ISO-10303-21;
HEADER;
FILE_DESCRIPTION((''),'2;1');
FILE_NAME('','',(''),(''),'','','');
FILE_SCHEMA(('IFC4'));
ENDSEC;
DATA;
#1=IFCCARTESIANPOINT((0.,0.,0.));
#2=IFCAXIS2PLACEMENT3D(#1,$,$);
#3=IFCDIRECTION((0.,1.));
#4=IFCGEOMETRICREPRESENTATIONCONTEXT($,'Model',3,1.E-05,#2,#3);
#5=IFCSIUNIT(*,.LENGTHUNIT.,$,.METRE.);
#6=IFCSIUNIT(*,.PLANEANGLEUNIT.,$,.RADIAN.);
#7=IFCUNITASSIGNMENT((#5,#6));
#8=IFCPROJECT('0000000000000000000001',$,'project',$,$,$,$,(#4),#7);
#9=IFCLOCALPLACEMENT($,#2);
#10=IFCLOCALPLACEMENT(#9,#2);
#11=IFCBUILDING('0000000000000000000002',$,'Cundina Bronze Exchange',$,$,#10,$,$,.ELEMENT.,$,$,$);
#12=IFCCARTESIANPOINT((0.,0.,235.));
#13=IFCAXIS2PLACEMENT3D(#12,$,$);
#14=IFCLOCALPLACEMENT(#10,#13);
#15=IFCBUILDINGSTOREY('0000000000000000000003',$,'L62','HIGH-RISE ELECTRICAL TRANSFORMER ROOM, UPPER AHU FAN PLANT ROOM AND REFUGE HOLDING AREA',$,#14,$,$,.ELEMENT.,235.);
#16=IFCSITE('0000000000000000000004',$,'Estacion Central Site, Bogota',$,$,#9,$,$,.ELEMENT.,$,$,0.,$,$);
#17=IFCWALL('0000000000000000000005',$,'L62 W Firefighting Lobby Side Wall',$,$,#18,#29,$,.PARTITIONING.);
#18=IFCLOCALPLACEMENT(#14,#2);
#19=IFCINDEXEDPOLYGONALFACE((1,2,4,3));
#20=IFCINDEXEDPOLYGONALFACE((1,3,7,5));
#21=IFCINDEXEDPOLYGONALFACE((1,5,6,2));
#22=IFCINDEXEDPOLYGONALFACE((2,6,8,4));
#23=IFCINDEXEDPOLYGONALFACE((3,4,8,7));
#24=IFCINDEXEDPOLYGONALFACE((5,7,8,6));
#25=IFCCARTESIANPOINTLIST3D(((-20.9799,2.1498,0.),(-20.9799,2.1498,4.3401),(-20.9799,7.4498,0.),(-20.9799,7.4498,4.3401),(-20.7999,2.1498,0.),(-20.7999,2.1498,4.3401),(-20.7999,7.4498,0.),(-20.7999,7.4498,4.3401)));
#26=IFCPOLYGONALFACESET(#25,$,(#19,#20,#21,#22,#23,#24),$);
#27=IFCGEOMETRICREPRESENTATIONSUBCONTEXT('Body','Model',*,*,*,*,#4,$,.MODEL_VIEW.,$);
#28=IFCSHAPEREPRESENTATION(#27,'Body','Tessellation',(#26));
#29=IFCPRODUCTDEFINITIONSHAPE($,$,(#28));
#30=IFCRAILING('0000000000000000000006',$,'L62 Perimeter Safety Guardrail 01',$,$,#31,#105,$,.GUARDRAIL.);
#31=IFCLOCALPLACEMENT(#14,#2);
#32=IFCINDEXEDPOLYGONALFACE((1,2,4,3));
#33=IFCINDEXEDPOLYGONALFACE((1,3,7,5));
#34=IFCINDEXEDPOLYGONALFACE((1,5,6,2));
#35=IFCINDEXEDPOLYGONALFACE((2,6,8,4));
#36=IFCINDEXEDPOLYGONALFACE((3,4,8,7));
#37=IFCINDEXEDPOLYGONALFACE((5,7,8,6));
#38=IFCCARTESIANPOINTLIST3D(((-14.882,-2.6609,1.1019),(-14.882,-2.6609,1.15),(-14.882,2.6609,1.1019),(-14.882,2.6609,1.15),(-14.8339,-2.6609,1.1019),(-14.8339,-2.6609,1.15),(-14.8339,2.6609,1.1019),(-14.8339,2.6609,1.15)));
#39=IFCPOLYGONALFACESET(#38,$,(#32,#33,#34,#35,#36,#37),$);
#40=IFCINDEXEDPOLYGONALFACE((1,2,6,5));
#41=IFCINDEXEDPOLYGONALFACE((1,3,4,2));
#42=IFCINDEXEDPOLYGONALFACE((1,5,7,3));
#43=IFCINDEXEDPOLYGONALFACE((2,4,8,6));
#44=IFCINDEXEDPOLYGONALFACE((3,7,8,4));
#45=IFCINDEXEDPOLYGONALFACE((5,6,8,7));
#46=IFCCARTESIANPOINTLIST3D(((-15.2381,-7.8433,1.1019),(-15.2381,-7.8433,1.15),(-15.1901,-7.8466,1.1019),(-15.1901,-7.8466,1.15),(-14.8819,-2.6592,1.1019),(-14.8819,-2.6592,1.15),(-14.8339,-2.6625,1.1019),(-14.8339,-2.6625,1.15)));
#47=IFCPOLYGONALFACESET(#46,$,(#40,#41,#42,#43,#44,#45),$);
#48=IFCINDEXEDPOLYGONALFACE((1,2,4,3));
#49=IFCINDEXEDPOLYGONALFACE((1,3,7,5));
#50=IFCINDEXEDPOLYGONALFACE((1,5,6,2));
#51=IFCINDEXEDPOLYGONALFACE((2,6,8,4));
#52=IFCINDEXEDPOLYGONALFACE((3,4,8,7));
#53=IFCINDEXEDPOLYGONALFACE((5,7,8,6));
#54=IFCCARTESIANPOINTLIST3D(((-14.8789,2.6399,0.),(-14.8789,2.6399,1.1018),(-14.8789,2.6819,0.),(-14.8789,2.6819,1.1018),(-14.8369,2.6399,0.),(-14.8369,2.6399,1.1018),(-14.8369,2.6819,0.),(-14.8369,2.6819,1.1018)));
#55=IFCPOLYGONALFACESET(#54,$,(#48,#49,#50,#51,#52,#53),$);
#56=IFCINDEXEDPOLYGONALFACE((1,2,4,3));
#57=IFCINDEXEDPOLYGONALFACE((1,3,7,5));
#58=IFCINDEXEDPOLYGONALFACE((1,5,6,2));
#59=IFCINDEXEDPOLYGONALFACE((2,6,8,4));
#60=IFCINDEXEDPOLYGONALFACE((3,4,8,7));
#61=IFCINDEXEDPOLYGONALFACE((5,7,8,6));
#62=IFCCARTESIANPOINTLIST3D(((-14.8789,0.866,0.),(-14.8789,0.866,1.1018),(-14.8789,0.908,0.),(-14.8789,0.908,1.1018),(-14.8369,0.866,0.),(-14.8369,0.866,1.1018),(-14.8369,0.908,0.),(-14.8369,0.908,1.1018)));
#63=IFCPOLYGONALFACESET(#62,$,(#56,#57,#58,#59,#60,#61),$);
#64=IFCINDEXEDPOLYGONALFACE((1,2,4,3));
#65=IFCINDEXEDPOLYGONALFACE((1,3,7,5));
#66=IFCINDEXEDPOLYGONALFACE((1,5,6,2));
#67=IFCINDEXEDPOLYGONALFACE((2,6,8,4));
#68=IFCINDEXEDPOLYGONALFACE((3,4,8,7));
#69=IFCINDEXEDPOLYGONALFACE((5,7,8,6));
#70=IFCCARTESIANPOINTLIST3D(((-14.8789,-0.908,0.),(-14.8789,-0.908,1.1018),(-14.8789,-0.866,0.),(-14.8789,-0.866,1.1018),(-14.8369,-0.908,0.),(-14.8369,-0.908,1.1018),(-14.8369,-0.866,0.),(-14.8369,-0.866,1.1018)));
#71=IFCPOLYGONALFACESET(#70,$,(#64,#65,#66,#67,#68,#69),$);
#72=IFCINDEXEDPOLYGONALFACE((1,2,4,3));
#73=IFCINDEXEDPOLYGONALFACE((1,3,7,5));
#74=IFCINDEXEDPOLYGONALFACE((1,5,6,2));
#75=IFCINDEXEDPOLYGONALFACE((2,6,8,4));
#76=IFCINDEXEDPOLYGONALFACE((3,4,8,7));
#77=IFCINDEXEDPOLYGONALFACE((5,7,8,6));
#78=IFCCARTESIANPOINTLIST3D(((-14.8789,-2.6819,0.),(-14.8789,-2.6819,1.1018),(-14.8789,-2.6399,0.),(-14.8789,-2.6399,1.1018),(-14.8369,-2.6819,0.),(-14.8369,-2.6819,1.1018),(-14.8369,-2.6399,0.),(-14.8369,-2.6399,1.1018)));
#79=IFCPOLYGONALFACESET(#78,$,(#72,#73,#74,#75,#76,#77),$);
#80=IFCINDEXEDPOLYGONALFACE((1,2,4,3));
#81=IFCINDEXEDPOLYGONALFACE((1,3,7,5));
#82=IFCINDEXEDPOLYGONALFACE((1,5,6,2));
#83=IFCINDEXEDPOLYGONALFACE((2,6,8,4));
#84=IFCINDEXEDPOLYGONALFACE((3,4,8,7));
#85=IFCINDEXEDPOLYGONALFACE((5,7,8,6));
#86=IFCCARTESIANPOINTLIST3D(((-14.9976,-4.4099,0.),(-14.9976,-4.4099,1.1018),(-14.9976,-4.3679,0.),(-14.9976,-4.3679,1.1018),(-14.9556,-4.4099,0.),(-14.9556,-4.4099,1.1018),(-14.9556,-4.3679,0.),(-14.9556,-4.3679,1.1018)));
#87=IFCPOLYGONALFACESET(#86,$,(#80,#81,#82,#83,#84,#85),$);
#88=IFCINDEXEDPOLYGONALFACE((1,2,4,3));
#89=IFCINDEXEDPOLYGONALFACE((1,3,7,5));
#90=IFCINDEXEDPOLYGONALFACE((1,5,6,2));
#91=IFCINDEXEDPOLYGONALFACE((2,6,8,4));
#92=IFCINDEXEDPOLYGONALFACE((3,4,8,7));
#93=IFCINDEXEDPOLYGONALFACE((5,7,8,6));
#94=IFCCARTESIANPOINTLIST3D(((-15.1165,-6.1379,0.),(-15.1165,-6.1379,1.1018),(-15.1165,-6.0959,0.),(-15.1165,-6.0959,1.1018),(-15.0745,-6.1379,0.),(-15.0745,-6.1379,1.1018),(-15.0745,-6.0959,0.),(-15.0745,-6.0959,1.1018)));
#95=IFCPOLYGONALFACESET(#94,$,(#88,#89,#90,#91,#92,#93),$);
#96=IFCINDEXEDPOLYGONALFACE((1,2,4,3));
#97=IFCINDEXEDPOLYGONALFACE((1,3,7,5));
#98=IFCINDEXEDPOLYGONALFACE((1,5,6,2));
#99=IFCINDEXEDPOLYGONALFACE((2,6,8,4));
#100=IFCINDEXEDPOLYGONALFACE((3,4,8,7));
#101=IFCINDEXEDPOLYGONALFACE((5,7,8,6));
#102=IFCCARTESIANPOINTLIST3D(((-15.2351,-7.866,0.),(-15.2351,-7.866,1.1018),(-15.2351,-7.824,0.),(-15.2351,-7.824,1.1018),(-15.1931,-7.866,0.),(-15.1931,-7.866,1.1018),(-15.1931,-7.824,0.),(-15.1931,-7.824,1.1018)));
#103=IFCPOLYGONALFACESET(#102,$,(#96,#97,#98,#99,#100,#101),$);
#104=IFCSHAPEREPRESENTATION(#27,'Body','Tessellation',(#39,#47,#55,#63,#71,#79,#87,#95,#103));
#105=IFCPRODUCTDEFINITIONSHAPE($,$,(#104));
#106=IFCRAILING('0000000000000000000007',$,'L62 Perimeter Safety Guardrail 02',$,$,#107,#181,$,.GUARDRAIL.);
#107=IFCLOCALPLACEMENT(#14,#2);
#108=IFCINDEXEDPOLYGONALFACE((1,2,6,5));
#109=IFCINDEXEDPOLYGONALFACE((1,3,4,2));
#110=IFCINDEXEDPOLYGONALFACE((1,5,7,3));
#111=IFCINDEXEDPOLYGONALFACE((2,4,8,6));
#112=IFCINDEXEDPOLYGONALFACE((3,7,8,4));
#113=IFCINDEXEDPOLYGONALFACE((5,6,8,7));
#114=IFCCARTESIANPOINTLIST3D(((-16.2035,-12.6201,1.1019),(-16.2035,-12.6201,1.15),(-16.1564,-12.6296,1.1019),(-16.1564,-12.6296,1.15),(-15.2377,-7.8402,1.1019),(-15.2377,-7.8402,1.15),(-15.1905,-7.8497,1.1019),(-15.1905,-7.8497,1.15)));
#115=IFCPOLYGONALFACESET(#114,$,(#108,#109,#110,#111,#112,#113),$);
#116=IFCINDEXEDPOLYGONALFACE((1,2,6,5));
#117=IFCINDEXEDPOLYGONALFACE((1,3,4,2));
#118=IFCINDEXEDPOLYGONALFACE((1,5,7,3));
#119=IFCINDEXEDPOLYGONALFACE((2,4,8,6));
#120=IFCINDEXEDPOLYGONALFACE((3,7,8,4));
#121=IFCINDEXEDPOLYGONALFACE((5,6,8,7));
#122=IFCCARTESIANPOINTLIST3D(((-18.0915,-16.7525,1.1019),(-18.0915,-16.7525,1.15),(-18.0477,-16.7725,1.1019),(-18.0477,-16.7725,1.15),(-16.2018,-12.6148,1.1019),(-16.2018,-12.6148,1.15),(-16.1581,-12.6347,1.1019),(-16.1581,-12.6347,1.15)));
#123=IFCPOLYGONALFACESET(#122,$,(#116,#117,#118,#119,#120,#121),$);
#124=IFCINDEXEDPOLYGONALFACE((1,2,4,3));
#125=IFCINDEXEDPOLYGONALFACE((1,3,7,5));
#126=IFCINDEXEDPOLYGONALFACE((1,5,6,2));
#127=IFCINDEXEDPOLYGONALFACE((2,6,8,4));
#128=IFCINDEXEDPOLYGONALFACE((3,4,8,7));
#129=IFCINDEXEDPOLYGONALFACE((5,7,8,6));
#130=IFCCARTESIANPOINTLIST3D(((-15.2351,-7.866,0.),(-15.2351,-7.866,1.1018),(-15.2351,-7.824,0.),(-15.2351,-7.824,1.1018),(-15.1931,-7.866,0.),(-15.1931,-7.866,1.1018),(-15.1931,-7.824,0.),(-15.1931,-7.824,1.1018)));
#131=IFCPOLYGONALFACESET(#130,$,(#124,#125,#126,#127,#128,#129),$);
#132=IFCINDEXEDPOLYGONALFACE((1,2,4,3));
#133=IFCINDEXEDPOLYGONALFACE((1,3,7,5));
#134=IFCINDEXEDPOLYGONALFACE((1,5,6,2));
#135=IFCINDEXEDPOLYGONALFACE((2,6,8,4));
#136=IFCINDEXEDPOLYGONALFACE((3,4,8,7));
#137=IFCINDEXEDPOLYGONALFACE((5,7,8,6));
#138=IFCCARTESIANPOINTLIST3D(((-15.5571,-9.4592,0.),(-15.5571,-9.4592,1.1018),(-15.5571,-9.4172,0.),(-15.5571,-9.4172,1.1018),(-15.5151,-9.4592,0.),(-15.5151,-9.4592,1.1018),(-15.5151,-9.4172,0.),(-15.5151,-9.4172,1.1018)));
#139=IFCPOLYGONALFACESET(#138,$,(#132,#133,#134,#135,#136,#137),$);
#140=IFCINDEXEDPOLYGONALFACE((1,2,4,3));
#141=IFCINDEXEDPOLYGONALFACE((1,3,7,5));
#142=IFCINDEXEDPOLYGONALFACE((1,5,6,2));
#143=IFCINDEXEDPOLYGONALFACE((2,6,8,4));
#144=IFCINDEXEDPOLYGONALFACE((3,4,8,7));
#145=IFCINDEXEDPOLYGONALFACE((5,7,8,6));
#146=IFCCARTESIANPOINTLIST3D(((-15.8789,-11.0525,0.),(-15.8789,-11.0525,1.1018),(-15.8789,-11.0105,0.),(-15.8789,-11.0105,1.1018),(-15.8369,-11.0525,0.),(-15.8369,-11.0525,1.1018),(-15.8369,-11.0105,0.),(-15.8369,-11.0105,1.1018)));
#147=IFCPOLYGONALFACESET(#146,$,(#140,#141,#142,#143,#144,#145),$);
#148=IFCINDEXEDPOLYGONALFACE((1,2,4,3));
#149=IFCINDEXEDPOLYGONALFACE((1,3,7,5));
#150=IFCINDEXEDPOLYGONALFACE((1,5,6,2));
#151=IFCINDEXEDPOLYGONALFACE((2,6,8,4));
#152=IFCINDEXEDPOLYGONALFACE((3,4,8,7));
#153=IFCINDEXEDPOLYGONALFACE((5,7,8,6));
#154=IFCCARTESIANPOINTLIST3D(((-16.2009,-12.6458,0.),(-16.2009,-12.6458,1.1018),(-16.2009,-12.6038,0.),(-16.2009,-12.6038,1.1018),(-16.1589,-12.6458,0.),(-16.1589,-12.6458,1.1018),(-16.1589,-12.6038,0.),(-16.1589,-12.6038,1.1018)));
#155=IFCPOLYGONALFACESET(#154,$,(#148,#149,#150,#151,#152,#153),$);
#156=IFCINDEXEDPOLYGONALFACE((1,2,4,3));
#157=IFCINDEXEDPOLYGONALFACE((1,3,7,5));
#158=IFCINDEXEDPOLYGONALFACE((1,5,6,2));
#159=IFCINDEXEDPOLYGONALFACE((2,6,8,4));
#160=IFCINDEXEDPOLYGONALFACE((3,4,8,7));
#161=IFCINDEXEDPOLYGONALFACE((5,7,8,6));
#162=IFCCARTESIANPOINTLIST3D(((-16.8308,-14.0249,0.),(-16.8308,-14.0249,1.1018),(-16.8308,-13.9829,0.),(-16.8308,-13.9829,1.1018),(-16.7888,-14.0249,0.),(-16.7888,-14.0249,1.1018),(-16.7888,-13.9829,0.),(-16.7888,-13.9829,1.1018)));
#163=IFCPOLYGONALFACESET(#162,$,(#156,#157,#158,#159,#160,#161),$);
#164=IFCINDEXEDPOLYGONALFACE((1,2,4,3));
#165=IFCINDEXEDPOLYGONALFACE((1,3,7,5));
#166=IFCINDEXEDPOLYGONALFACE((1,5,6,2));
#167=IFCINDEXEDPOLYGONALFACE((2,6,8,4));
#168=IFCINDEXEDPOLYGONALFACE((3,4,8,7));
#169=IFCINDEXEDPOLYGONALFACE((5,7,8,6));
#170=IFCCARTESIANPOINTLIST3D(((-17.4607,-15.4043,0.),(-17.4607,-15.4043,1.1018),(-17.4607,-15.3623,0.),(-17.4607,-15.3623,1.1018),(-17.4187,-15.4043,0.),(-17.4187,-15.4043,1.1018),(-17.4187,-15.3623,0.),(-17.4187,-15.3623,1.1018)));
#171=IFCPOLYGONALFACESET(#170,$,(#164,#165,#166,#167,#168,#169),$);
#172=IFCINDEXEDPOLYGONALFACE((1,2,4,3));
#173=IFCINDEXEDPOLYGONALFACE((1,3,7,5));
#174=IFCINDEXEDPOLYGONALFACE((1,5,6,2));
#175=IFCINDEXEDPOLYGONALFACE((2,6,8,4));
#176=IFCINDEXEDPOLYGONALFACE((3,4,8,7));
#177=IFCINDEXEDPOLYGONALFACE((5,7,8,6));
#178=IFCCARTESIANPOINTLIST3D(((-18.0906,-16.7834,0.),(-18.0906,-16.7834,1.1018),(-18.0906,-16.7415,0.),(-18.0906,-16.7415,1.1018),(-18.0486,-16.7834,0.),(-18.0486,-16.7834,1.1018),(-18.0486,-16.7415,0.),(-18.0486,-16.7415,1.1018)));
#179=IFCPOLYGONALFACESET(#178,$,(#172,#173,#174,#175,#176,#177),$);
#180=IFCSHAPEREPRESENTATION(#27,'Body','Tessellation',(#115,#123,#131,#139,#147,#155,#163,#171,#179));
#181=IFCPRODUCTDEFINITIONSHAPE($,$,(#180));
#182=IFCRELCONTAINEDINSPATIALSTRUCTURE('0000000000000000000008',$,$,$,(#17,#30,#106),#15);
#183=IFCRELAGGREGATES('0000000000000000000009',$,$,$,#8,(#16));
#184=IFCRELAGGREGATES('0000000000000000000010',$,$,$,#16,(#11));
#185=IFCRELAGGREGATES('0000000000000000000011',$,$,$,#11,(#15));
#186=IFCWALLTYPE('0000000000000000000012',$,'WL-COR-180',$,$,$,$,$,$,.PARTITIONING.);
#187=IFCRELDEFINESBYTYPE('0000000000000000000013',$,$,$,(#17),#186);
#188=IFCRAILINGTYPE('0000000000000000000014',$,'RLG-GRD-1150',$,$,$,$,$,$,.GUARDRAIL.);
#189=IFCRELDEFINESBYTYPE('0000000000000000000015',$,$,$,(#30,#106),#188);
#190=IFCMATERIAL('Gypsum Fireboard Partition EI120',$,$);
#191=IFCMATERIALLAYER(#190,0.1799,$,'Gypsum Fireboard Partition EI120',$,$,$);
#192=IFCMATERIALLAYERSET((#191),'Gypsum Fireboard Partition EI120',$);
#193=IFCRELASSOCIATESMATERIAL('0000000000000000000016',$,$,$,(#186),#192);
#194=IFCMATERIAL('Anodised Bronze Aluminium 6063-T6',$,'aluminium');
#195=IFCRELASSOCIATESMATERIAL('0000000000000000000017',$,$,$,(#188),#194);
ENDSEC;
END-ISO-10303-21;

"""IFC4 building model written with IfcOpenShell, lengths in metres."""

from ifc_helpers import new_model, si_unit, direction, frame, frame_2d, origin, origin_2d, place, context, subcontext, project, spatial, rectangle, extrude, material, layer, layer_set, type_object, element, save


model = new_model("IFC4")

# Units and contexts
model_context = context("Model", 3, precision=1e-05, world=origin(), true_north=direction((0.0, 1.0)))
body_context = subcontext(model_context, "Body", "Model", "MODEL_VIEW")
ifc_project = project(units=[si_unit("LENGTHUNIT", "METRE"), si_unit("PLANEANGLEUNIT", "RADIAN")], contexts=[model_context])

# Site, building, storey
site_placement = place(None, origin())
site = spatial("IfcSite", under=ifc_project, at=site_placement, Name="Estacion Central Site, Bogota", CompositionType="ELEMENT", RefElevation=0.0)
building_placement = place(site_placement, origin())
building = spatial("IfcBuilding", under=site, at=building_placement, Name="Cundina Bronze Exchange", CompositionType="ELEMENT")
storey_placement = place(building_placement, frame((0.0, 0.0, 235.0)))
storey = spatial("IfcBuildingStorey", under=building, at=storey_placement, Name="L62", Description="HIGH-RISE ELECTRICAL TRANSFORMER ROOM, UPPER AHU FAN PLANT ROOM AND REFUGE HOLDING AREA", CompositionType="ELEMENT", Elevation=235.0)

# Wall
ifc_material_1 = material(Name="Gypsum Fireboard Partition EI120")
ifc_layer_1 = layer(ifc_material_1, 0.1799, Name="Gypsum Fireboard Partition EI120")
ifc_layer_set_1 = layer_set([ifc_layer_1], Name="Gypsum Fireboard Partition EI120")
wall_type = type_object("IfcWallType", Name="WL-COR-180", PredefinedType="PARTITIONING", material=ifc_layer_set_1)
wall_placement = place(storey_placement, frame((-20.8899, 2.1499, 0.0), z_axis=(0.0, 0.0, 1.0), x_axis=(0.0, 1.0, 0.0)))
element("IfcWall", 1, at=wall_placement, inside=storey, type_object=wall_type, Name="L62 W Firefighting Lobby Side Wall", PredefinedType="PARTITIONING", context=body_context, shape_type="SweptSolid", body=[
    extrude(rectangle(XDim=5.3, YDim=0.1799, at=frame_2d((2.6499, 0.0))), origin(), (0.0, 0.0, 1.0), 4.3401),
])

# Railings
ifc_material_2 = material(Name="Anodised Bronze Aluminium 6063-T6", Category="aluminium")
railing_type = type_object("IfcRailingType", Name="RLG-GRD-1150", PredefinedType="GUARDRAIL", material=ifc_material_2)
railing_1_placement = place(storey_placement, frame((-14.8579, 2.6609, 0.0)))
element("IfcRailing", 2, at=railing_1_placement, inside=storey, type_object=railing_type, Name="L62 Perimeter Safety Guardrail 01", PredefinedType="GUARDRAIL", context=body_context, shape_type="SweptSolid", body=[
    extrude(rectangle(XDim=0.0481, YDim=0.0481, at=origin_2d()), frame((0.0, 0.0, 1.126), z_axis=(0.0, -1.0, 0.0), x_axis=(1.0, 0.0, 0.0)), (0.0, 0.0, 1.0), 5.3218),
    extrude(rectangle(XDim=0.0481, YDim=0.0481, at=origin_2d()), frame((0.0, -5.3218, 1.126), z_axis=(-0.068549, -0.997648, 0.0), x_axis=(0.997648, -0.068549, 0.0)), (0.0, 0.0, 1.0), 5.1963),
    extrude(rectangle(XDim=0.042, YDim=0.042, at=origin_2d()), origin(), (0.0, 0.0, 1.0), 1.1018),
    extrude(rectangle(XDim=0.042, YDim=0.042, at=origin_2d()), frame((0.0, -1.7739, 0.0)), (0.0, 0.0, 1.0), 1.1018),
    extrude(rectangle(XDim=0.042, YDim=0.042, at=origin_2d()), frame((0.0, -3.5479, 0.0)), (0.0, 0.0, 1.0), 1.1018),
    extrude(rectangle(XDim=0.042, YDim=0.042, at=origin_2d()), frame((0.0, -5.3218, 0.0)), (0.0, 0.0, 1.0), 1.1018),
    extrude(rectangle(XDim=0.042, YDim=0.042, at=origin_2d()), frame((-0.1187, -7.0498, 0.0)), (0.0, 0.0, 1.0), 1.1018),
    extrude(rectangle(XDim=0.042, YDim=0.042, at=origin_2d()), frame((-0.2375, -8.7778, 0.0)), (0.0, 0.0, 1.0), 1.1018),
    extrude(rectangle(XDim=0.042, YDim=0.042, at=origin_2d()), frame((-0.3562, -10.5059, 0.0)), (0.0, 0.0, 1.0), 1.1018),
])
railing_2_placement = place(storey_placement, frame((-15.2141, -7.845, 0.0)))
element("IfcRailing", 3, at=railing_2_placement, inside=storey, type_object=railing_type, Name="L62 Perimeter Safety Guardrail 02", PredefinedType="GUARDRAIL", context=body_context, shape_type="SweptSolid", body=[
    extrude(rectangle(XDim=0.0481, YDim=0.0481, at=origin_2d()), frame((0.0, 0.0, 1.126), z_axis=(-0.198061, -0.98019, 0.0), x_axis=(0.98019, -0.198061, 0.0)), (0.0, 0.0, 1.0), 4.8765),
    extrude(rectangle(XDim=0.0481, YDim=0.0481, at=origin_2d()), frame((-0.9658, -4.7798, 1.126), z_axis=(-0.41542, -0.90963, 0.0), x_axis=(0.90963, -0.41542, 0.0)), (0.0, 0.0, 1.0), 4.5488),
    extrude(rectangle(XDim=0.042, YDim=0.042, at=origin_2d()), origin(), (0.0, 0.0, 1.0), 1.1018),
    extrude(rectangle(XDim=0.042, YDim=0.042, at=origin_2d()), frame((-0.322, -1.5933, 0.0)), (0.0, 0.0, 1.0), 1.1018),
    extrude(rectangle(XDim=0.042, YDim=0.042, at=origin_2d()), frame((-0.6438, -3.1865, 0.0)), (0.0, 0.0, 1.0), 1.1018),
    extrude(rectangle(XDim=0.042, YDim=0.042, at=origin_2d()), frame((-0.9658, -4.7798, 0.0)), (0.0, 0.0, 1.0), 1.1018),
    extrude(rectangle(XDim=0.042, YDim=0.042, at=origin_2d()), frame((-1.5957, -6.1589, 0.0)), (0.0, 0.0, 1.0), 1.1018),
    extrude(rectangle(XDim=0.042, YDim=0.042, at=origin_2d()), frame((-2.2256, -7.5383, 0.0)), (0.0, 0.0, 1.0), 1.1018),
    extrude(rectangle(XDim=0.042, YDim=0.042, at=origin_2d()), frame((-2.8555, -8.9175, 0.0)), (0.0, 0.0, 1.0), 1.1018),
])

save(model, "model.ifc")
